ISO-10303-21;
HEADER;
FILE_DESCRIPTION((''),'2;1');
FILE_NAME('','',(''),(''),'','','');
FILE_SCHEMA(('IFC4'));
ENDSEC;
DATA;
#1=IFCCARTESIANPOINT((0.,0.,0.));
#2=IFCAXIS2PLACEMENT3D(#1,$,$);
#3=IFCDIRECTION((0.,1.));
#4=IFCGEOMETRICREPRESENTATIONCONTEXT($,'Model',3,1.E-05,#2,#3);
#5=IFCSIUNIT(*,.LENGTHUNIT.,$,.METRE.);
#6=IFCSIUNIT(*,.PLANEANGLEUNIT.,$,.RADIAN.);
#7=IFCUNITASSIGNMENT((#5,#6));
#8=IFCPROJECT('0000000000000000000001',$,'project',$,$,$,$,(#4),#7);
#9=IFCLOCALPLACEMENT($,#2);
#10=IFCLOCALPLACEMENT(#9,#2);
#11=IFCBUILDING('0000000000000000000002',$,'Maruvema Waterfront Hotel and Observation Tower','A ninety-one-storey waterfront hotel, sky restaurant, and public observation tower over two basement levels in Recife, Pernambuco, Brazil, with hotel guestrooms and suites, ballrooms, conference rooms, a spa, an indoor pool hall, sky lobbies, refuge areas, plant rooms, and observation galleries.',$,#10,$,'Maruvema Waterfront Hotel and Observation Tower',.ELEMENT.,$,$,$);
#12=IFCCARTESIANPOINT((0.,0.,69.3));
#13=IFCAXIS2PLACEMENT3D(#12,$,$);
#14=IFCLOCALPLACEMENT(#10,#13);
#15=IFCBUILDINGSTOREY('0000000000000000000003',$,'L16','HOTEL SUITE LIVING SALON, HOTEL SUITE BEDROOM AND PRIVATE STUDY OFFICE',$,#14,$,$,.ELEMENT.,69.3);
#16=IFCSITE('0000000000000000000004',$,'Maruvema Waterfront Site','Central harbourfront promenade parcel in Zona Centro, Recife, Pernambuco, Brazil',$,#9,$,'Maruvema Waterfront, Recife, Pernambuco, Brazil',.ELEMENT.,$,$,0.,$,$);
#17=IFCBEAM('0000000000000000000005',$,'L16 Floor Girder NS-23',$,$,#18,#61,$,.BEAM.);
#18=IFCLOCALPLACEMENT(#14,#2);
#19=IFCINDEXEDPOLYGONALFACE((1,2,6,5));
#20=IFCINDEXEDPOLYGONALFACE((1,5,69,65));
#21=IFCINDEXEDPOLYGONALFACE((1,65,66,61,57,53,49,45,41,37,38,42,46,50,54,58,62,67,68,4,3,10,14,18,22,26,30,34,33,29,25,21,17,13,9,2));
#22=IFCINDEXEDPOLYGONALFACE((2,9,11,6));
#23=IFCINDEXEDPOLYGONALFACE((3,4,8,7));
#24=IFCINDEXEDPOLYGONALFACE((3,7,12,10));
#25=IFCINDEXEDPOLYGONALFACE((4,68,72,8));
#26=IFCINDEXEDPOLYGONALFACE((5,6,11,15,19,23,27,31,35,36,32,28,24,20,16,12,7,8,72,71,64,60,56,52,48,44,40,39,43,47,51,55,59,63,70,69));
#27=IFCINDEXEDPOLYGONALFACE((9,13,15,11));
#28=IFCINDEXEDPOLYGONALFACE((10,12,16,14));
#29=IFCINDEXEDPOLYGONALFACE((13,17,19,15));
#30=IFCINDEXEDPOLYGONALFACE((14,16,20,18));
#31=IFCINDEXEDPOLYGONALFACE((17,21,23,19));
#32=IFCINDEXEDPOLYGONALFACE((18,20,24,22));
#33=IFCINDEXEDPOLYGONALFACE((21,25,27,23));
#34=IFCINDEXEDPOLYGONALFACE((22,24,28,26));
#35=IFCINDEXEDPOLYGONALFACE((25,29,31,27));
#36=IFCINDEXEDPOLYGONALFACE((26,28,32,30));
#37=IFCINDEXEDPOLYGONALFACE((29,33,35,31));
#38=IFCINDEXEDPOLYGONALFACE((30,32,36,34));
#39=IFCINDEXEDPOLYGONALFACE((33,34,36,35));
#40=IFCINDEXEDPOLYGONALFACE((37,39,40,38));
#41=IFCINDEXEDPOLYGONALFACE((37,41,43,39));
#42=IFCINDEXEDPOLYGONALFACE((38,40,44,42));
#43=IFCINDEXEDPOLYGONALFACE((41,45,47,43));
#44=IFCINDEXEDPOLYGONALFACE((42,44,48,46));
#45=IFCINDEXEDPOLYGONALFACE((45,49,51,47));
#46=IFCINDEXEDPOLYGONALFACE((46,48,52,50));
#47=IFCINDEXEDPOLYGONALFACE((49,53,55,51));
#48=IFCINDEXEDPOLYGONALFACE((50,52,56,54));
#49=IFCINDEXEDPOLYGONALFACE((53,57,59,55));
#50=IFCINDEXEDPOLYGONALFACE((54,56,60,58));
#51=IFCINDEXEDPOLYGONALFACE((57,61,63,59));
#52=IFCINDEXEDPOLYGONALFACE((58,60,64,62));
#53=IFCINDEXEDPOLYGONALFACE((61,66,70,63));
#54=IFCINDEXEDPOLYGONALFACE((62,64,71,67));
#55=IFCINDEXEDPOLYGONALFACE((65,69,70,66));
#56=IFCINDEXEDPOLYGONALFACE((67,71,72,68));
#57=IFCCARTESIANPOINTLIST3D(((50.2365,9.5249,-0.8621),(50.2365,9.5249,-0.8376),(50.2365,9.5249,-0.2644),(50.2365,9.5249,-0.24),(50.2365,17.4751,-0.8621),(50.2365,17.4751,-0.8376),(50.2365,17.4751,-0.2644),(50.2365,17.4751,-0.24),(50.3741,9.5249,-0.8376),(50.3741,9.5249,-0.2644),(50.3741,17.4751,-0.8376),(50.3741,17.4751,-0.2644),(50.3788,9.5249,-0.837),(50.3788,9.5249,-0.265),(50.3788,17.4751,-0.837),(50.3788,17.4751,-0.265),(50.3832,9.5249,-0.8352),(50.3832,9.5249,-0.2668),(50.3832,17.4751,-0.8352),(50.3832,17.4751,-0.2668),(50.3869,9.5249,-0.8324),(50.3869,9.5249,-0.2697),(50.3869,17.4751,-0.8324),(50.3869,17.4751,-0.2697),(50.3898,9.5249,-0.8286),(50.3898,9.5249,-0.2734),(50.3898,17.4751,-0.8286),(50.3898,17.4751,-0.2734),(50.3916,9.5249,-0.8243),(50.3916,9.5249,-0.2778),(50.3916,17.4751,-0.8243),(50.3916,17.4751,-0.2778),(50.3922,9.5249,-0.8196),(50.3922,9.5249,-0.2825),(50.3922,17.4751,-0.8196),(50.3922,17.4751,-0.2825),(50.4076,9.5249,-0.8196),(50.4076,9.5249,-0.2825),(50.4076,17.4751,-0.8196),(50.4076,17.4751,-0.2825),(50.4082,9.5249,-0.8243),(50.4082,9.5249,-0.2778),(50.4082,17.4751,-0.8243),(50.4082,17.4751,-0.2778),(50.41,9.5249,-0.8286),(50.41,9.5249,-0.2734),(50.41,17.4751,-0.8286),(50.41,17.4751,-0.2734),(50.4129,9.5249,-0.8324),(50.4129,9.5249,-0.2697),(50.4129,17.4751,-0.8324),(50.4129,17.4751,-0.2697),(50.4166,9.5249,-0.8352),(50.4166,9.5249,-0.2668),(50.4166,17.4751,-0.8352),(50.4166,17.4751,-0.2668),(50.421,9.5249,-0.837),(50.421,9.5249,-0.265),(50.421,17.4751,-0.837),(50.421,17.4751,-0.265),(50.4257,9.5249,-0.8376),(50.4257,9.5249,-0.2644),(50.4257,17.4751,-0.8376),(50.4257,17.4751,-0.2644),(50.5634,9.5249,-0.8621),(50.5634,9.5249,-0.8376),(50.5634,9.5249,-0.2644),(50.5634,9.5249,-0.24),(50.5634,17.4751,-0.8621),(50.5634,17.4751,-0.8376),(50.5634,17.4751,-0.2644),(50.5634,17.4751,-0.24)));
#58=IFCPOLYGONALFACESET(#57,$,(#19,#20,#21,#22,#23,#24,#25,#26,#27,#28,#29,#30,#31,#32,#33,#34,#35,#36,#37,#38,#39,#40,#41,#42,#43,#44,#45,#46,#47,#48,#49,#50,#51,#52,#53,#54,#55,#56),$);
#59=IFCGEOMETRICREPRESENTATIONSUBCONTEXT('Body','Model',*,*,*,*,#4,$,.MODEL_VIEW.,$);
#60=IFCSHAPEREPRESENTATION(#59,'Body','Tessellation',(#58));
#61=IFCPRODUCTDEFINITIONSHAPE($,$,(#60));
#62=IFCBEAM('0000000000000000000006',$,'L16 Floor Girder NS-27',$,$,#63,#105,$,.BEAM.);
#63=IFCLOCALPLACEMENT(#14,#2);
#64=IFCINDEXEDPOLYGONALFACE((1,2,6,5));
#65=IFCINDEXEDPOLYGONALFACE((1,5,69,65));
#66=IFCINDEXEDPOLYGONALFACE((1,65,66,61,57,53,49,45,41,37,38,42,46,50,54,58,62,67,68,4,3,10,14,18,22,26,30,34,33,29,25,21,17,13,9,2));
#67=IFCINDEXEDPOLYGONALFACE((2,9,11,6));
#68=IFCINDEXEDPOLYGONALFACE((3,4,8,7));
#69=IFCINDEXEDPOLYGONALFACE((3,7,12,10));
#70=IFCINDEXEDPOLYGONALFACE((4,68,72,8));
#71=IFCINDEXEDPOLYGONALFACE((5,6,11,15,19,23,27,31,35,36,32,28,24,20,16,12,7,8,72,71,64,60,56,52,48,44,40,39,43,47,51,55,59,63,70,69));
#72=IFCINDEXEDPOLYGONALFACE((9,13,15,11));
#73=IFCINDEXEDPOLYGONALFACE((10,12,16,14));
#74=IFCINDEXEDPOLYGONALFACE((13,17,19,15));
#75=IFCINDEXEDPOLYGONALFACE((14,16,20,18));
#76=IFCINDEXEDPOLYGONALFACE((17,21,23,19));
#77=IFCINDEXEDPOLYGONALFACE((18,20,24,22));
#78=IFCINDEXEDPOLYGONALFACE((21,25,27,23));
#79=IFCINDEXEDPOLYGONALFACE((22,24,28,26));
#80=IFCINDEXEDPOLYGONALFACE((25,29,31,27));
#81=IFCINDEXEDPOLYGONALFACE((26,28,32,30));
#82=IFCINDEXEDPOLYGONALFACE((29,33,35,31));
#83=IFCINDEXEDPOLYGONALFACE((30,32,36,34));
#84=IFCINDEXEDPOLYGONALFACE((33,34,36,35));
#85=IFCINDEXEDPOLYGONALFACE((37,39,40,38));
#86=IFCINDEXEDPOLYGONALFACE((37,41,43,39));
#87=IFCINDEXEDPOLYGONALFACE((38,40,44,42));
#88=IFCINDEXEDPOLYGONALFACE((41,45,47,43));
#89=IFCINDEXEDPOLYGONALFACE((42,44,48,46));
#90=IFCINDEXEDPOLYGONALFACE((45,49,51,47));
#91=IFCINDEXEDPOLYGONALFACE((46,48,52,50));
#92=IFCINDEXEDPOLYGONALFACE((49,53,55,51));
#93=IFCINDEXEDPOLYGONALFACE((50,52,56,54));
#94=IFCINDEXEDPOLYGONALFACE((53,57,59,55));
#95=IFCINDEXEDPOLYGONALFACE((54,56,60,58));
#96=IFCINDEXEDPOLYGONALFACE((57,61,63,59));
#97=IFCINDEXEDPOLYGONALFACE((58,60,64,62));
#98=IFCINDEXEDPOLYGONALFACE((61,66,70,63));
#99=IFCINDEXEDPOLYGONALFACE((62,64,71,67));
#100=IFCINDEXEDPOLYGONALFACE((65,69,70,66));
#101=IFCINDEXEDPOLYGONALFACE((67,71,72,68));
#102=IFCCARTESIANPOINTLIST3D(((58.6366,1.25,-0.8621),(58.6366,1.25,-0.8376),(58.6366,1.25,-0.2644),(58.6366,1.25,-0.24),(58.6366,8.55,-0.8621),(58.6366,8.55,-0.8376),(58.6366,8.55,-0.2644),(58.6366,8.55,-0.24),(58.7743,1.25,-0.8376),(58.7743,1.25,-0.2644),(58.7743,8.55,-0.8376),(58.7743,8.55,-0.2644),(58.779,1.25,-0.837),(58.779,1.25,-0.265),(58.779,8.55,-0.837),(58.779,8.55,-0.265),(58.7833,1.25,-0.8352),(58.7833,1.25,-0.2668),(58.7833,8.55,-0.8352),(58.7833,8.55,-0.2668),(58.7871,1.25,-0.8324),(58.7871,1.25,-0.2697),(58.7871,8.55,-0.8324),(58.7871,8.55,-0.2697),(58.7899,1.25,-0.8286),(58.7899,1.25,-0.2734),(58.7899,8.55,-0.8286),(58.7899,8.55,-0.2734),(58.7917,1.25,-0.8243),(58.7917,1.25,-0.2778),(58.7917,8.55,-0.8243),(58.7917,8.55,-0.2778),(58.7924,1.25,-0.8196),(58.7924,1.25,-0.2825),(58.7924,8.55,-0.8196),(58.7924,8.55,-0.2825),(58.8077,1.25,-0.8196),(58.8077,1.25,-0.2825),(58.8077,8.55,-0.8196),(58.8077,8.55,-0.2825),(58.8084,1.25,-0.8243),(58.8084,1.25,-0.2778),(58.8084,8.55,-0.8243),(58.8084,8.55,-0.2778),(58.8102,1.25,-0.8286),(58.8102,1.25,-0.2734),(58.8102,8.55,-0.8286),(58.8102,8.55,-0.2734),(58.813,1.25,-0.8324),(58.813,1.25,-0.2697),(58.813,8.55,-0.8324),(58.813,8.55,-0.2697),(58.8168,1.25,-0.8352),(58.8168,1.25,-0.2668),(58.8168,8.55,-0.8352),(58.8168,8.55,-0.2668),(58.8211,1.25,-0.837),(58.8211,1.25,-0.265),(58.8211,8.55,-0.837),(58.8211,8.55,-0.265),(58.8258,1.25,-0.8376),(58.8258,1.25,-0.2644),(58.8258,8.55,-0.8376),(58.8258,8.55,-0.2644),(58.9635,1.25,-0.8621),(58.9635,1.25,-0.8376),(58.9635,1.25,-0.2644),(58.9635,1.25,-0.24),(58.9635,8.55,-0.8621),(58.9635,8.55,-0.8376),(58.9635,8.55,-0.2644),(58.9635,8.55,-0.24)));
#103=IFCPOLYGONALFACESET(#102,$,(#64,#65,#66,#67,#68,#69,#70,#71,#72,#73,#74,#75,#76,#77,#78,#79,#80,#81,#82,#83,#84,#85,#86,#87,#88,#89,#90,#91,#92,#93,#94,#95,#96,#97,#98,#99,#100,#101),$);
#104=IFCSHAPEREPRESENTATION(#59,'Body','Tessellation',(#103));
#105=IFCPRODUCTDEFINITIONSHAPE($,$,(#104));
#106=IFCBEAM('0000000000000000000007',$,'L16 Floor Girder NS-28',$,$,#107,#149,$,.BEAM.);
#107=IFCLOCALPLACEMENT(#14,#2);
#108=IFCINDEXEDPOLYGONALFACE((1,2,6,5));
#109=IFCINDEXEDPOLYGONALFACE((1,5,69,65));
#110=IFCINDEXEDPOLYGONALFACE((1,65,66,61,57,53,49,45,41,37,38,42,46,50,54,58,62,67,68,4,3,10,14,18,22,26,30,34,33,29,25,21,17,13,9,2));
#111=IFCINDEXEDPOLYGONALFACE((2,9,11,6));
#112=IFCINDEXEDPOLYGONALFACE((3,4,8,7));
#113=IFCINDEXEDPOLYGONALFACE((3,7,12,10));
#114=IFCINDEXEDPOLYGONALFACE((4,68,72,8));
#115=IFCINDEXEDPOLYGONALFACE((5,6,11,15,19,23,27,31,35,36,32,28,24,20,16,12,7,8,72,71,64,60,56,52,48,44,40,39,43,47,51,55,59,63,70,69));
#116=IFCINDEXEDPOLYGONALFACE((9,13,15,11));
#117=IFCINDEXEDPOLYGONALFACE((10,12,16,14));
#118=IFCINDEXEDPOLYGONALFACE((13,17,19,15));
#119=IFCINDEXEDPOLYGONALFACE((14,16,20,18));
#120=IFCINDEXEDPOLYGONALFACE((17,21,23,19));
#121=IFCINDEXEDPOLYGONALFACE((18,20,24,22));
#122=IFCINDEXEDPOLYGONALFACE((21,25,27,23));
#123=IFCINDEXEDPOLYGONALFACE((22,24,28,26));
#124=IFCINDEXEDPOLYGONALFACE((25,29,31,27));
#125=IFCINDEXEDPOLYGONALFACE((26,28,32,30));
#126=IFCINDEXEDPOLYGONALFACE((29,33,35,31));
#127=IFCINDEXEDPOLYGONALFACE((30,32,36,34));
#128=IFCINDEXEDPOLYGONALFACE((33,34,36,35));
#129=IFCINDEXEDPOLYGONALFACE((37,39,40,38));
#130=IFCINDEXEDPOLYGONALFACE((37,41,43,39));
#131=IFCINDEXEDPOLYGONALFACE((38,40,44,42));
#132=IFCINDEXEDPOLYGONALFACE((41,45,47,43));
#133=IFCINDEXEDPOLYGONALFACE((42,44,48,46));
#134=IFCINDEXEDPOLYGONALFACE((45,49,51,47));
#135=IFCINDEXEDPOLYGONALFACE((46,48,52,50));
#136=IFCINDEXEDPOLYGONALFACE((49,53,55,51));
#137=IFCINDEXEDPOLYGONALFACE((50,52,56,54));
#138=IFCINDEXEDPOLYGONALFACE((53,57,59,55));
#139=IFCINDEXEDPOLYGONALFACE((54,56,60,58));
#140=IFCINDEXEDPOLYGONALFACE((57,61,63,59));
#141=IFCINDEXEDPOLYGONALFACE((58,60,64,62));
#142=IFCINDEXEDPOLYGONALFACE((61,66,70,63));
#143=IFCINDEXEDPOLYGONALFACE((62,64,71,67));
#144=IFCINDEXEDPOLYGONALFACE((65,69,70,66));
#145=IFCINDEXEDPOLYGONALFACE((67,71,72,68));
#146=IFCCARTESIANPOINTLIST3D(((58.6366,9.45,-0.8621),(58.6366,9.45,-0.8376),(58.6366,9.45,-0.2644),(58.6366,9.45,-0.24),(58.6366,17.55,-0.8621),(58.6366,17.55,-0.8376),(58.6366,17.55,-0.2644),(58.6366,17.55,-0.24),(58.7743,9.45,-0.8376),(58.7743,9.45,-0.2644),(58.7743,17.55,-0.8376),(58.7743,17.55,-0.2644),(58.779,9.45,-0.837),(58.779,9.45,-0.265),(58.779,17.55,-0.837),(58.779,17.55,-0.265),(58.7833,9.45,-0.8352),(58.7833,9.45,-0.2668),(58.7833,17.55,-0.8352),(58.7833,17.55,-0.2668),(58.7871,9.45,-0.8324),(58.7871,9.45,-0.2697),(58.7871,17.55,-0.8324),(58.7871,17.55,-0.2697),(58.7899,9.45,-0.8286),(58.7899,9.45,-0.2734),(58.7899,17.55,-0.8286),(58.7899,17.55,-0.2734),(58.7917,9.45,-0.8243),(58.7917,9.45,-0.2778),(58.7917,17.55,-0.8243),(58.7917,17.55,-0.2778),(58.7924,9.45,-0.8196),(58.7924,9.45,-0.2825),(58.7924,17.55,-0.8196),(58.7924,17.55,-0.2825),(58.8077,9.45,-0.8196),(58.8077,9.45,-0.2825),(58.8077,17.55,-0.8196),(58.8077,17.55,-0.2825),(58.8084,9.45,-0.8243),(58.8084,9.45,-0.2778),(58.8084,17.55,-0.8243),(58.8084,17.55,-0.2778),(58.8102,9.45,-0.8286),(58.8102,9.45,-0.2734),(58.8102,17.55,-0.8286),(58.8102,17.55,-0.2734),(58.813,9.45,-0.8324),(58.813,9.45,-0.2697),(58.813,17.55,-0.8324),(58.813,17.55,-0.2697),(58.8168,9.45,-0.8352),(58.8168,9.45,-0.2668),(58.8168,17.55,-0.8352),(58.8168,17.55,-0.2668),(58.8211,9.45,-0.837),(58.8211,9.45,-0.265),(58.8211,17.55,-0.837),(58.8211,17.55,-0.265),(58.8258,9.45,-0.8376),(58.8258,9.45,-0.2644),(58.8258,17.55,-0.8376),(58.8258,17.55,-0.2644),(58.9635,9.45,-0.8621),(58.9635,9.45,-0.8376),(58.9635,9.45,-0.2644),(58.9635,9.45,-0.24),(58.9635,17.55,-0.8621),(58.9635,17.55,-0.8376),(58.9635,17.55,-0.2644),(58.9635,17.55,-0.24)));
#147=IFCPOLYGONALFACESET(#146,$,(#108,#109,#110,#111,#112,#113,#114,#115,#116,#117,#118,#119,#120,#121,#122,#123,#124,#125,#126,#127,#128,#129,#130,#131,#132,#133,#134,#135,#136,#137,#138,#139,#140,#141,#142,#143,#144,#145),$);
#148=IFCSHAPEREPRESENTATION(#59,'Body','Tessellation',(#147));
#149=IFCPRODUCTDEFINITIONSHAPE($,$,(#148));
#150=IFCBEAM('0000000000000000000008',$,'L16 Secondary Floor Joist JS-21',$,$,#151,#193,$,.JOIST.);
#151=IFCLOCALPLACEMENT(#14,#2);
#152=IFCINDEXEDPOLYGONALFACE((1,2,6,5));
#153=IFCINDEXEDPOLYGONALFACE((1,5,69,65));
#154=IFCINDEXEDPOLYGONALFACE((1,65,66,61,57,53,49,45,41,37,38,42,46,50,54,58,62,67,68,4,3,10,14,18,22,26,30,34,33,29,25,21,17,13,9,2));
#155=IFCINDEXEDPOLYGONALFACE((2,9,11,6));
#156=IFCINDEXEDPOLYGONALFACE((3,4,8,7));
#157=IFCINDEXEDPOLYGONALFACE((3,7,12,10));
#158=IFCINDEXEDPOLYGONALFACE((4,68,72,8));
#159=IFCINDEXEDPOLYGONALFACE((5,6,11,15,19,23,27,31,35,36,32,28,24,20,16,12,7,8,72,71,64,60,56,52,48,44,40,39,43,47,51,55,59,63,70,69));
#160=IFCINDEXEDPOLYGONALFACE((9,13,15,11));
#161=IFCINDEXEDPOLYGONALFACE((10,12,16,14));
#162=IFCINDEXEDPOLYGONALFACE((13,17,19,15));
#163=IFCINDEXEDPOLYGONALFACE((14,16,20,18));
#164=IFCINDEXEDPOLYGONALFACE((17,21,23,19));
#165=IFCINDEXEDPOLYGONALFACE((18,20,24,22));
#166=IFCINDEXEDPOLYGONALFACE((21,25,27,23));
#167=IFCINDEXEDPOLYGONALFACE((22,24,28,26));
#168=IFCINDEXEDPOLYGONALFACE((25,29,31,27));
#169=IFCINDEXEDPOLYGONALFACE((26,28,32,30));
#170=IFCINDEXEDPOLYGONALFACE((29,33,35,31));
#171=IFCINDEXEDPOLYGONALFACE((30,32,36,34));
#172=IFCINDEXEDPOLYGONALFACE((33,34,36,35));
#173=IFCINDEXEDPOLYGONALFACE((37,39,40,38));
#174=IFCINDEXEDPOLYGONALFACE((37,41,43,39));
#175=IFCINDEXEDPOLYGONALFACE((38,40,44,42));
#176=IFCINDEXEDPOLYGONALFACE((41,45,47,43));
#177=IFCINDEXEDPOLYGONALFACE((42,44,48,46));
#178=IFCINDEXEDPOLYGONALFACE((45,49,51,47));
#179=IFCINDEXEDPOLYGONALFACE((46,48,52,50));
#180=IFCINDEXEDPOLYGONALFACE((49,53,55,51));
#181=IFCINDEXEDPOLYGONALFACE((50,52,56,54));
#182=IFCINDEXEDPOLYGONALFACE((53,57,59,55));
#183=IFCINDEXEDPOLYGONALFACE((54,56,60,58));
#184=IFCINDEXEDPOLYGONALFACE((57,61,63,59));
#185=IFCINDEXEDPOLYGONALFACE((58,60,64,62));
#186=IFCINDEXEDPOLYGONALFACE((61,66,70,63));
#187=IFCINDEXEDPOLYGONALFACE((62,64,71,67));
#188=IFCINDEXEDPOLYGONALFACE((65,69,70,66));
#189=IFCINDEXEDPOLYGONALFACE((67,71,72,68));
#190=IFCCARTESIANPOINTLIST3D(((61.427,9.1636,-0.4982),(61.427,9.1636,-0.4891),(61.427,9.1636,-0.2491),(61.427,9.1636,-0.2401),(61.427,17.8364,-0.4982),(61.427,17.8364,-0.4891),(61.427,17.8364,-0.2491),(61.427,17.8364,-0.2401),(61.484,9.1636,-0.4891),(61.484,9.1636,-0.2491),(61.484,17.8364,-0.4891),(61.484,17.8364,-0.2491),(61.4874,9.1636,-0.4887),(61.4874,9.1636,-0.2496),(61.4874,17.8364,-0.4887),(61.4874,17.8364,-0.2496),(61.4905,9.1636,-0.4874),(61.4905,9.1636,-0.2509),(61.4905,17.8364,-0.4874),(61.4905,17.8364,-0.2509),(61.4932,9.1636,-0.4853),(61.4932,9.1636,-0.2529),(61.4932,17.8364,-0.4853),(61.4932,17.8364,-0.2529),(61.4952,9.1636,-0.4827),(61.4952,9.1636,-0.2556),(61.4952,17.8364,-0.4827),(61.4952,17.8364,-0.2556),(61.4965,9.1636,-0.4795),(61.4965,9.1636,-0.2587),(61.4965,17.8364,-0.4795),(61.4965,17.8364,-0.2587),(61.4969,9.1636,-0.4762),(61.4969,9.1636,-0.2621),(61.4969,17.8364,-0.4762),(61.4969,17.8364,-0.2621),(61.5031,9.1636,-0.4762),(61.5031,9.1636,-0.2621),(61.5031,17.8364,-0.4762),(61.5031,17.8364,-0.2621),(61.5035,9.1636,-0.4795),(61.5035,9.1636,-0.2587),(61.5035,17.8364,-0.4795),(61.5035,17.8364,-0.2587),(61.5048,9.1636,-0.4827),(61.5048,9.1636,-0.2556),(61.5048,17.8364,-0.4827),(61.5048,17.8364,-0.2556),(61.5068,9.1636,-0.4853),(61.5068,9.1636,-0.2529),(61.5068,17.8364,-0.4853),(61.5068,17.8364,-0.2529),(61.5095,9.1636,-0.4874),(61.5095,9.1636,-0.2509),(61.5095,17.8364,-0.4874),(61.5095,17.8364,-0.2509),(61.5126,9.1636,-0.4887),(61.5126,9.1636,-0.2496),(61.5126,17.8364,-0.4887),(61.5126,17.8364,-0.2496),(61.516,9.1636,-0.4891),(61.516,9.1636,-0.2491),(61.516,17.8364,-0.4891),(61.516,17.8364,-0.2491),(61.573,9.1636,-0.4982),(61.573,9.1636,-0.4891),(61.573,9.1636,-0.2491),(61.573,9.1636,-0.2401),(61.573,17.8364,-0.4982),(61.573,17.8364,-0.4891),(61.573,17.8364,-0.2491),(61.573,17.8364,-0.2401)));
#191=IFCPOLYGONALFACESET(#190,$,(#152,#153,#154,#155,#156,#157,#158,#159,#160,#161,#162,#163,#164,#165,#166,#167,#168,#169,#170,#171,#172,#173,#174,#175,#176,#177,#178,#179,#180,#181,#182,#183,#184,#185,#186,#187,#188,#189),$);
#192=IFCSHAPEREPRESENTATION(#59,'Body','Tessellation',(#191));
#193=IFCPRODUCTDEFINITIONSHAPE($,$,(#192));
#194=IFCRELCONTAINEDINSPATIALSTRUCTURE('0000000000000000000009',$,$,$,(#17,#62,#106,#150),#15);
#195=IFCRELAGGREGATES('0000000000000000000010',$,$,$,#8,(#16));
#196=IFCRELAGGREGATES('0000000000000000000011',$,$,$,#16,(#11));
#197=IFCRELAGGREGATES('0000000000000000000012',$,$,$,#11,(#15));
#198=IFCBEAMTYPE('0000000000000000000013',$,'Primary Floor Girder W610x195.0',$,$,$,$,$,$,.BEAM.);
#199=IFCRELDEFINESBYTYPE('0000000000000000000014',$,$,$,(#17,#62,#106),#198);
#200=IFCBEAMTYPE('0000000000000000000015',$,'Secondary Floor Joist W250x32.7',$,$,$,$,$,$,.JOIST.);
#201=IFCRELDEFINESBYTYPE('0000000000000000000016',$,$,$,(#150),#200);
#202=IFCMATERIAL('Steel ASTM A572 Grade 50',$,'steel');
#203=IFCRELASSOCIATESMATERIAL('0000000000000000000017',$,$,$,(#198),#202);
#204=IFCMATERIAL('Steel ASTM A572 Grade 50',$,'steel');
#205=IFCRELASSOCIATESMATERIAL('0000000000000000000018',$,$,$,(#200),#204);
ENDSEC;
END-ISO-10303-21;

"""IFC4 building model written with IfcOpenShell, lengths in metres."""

from ifc_helpers import new_model, si_unit, direction, frame, origin, origin_2d, place, context, subcontext, project, spatial, i_section, extrude, material, material_profile, profile_set, type_object, element, save


model = new_model("IFC4")

# Units and contexts
model_context = context("Model", 3, precision=1e-05, world=origin(), true_north=direction((0.0, 1.0)))
body_context = subcontext(model_context, "Body", "Model", "MODEL_VIEW")
ifc_project = project(units=[si_unit("LENGTHUNIT", "METRE"), si_unit("PLANEANGLEUNIT", "RADIAN")], contexts=[model_context])

# Site, building, storey
site_placement = place(None, origin())
site = spatial("IfcSite", under=ifc_project, at=site_placement, Name="Maruvema Waterfront Site", Description="Central harbourfront promenade parcel in Zona Centro, Recife, Pernambuco, Brazil", LongName="Maruvema Waterfront, Recife, Pernambuco, Brazil", CompositionType="ELEMENT", RefElevation=0.0)
building_placement = place(site_placement, origin())
building = spatial("IfcBuilding", under=site, at=building_placement, Name="Maruvema Waterfront Hotel and Observation Tower", Description="A ninety-one-storey waterfront hotel, sky restaurant, and public observation tower over two basement levels in Recife, Pernambuco, Brazil, with hotel guestrooms and suites, ballrooms, conference rooms, a spa, an indoor pool hall, sky lobbies, refuge areas, plant rooms, and observation galleries.", LongName="Maruvema Waterfront Hotel and Observation Tower", CompositionType="ELEMENT")
storey_placement = place(building_placement, frame((0.0, 0.0, 69.3)))
storey = spatial("IfcBuildingStorey", under=building, at=storey_placement, Name="L16", Description="HOTEL SUITE LIVING SALON, HOTEL SUITE BEDROOM AND PRIVATE STUDY OFFICE", CompositionType="ELEMENT", Elevation=69.3)

# Beams
ifc_material_1 = material(Name="Steel ASTM A572 Grade 50", Category="steel")
ifc_material_profile_1 = material_profile(ifc_material_1, i_section(OverallWidth=0.3269, OverallDepth=0.6221, WebThickness=0.0154, FlangeThickness=0.0244, FilletRadius=0.0181, at=origin_2d()), Name="W610x195.0")
ifc_profile_set_1 = profile_set([ifc_material_profile_1], Name="Steel ASTM A572 Grade 50")
beam_type_1 = type_object("IfcBeamType", Name="Primary Floor Girder W610x195.0", PredefinedType="BEAM", material=ifc_profile_set_1)
beam_1_placement = place(storey_placement, frame((50.3999, 9.5249, -0.551), z_axis=(0.0, 1.0, 0.0), x_axis=(-1.0, 0.0, 0.0)))
element("IfcBeam", 1, at=beam_1_placement, inside=storey, type_object=beam_type_1, Name="L16 Floor Girder NS-23", PredefinedType="BEAM", context=body_context, shape_type="SweptSolid", body=[
    extrude(i_section(OverallWidth=0.3269, OverallDepth=0.6221, WebThickness=0.0154, FlangeThickness=0.0244, FilletRadius=0.0181, at=origin_2d()), origin(), (0.0, 0.0, 1.0), 7.9502),
])
beam_2_placement = place(storey_placement, frame((58.8, 1.25, -0.551), z_axis=(0.0, 1.0, 0.0), x_axis=(-1.0, 0.0, 0.0)))
element("IfcBeam", 2, at=beam_2_placement, inside=storey, type_object=beam_type_1, Name="L16 Floor Girder NS-27", PredefinedType="BEAM", context=body_context, shape_type="SweptSolid", body=[
    extrude(i_section(OverallWidth=0.3269, OverallDepth=0.6221, WebThickness=0.0154, FlangeThickness=0.0244, FilletRadius=0.0181, at=origin_2d()), origin(), (0.0, 0.0, 1.0), 7.3),
])
beam_3_placement = place(storey_placement, frame((58.8, 9.45, -0.551), z_axis=(0.0, 1.0, 0.0), x_axis=(-1.0, 0.0, 0.0)))
element("IfcBeam", 3, at=beam_3_placement, inside=storey, type_object=beam_type_1, Name="L16 Floor Girder NS-28", PredefinedType="BEAM", context=body_context, shape_type="SweptSolid", body=[
    extrude(i_section(OverallWidth=0.3269, OverallDepth=0.6221, WebThickness=0.0154, FlangeThickness=0.0244, FilletRadius=0.0181, at=origin_2d()), origin(), (0.0, 0.0, 1.0), 8.1001),
])
ifc_material_2 = material(Name="Steel ASTM A572 Grade 50", Category="steel")
ifc_material_profile_2 = material_profile(ifc_material_2, i_section(OverallWidth=0.146, OverallDepth=0.2581, WebThickness=0.0061, FlangeThickness=0.009, FilletRadius=0.0129, at=origin_2d()), Name="W250x32.7")
ifc_profile_set_2 = profile_set([ifc_material_profile_2], Name="Steel ASTM A572 Grade 50")
beam_type_2 = type_object("IfcBeamType", Name="Secondary Floor Joist W250x32.7", PredefinedType="JOIST", material=ifc_profile_set_2)
beam_4_placement = place(storey_placement, frame((61.5, 9.1636, -0.3691), z_axis=(0.0, 1.0, 0.0), x_axis=(-1.0, 0.0, 0.0)))
element("IfcBeam", 4, at=beam_4_placement, inside=storey, type_object=beam_type_2, Name="L16 Secondary Floor Joist JS-21", PredefinedType="JOIST", context=body_context, shape_type="SweptSolid", body=[
    extrude(i_section(OverallWidth=0.146, OverallDepth=0.2581, WebThickness=0.0061, FlangeThickness=0.009, FilletRadius=0.0129, at=origin_2d()), origin(), (0.0, 0.0, 1.0), 8.6729),
])

save(model, "model.ifc")
